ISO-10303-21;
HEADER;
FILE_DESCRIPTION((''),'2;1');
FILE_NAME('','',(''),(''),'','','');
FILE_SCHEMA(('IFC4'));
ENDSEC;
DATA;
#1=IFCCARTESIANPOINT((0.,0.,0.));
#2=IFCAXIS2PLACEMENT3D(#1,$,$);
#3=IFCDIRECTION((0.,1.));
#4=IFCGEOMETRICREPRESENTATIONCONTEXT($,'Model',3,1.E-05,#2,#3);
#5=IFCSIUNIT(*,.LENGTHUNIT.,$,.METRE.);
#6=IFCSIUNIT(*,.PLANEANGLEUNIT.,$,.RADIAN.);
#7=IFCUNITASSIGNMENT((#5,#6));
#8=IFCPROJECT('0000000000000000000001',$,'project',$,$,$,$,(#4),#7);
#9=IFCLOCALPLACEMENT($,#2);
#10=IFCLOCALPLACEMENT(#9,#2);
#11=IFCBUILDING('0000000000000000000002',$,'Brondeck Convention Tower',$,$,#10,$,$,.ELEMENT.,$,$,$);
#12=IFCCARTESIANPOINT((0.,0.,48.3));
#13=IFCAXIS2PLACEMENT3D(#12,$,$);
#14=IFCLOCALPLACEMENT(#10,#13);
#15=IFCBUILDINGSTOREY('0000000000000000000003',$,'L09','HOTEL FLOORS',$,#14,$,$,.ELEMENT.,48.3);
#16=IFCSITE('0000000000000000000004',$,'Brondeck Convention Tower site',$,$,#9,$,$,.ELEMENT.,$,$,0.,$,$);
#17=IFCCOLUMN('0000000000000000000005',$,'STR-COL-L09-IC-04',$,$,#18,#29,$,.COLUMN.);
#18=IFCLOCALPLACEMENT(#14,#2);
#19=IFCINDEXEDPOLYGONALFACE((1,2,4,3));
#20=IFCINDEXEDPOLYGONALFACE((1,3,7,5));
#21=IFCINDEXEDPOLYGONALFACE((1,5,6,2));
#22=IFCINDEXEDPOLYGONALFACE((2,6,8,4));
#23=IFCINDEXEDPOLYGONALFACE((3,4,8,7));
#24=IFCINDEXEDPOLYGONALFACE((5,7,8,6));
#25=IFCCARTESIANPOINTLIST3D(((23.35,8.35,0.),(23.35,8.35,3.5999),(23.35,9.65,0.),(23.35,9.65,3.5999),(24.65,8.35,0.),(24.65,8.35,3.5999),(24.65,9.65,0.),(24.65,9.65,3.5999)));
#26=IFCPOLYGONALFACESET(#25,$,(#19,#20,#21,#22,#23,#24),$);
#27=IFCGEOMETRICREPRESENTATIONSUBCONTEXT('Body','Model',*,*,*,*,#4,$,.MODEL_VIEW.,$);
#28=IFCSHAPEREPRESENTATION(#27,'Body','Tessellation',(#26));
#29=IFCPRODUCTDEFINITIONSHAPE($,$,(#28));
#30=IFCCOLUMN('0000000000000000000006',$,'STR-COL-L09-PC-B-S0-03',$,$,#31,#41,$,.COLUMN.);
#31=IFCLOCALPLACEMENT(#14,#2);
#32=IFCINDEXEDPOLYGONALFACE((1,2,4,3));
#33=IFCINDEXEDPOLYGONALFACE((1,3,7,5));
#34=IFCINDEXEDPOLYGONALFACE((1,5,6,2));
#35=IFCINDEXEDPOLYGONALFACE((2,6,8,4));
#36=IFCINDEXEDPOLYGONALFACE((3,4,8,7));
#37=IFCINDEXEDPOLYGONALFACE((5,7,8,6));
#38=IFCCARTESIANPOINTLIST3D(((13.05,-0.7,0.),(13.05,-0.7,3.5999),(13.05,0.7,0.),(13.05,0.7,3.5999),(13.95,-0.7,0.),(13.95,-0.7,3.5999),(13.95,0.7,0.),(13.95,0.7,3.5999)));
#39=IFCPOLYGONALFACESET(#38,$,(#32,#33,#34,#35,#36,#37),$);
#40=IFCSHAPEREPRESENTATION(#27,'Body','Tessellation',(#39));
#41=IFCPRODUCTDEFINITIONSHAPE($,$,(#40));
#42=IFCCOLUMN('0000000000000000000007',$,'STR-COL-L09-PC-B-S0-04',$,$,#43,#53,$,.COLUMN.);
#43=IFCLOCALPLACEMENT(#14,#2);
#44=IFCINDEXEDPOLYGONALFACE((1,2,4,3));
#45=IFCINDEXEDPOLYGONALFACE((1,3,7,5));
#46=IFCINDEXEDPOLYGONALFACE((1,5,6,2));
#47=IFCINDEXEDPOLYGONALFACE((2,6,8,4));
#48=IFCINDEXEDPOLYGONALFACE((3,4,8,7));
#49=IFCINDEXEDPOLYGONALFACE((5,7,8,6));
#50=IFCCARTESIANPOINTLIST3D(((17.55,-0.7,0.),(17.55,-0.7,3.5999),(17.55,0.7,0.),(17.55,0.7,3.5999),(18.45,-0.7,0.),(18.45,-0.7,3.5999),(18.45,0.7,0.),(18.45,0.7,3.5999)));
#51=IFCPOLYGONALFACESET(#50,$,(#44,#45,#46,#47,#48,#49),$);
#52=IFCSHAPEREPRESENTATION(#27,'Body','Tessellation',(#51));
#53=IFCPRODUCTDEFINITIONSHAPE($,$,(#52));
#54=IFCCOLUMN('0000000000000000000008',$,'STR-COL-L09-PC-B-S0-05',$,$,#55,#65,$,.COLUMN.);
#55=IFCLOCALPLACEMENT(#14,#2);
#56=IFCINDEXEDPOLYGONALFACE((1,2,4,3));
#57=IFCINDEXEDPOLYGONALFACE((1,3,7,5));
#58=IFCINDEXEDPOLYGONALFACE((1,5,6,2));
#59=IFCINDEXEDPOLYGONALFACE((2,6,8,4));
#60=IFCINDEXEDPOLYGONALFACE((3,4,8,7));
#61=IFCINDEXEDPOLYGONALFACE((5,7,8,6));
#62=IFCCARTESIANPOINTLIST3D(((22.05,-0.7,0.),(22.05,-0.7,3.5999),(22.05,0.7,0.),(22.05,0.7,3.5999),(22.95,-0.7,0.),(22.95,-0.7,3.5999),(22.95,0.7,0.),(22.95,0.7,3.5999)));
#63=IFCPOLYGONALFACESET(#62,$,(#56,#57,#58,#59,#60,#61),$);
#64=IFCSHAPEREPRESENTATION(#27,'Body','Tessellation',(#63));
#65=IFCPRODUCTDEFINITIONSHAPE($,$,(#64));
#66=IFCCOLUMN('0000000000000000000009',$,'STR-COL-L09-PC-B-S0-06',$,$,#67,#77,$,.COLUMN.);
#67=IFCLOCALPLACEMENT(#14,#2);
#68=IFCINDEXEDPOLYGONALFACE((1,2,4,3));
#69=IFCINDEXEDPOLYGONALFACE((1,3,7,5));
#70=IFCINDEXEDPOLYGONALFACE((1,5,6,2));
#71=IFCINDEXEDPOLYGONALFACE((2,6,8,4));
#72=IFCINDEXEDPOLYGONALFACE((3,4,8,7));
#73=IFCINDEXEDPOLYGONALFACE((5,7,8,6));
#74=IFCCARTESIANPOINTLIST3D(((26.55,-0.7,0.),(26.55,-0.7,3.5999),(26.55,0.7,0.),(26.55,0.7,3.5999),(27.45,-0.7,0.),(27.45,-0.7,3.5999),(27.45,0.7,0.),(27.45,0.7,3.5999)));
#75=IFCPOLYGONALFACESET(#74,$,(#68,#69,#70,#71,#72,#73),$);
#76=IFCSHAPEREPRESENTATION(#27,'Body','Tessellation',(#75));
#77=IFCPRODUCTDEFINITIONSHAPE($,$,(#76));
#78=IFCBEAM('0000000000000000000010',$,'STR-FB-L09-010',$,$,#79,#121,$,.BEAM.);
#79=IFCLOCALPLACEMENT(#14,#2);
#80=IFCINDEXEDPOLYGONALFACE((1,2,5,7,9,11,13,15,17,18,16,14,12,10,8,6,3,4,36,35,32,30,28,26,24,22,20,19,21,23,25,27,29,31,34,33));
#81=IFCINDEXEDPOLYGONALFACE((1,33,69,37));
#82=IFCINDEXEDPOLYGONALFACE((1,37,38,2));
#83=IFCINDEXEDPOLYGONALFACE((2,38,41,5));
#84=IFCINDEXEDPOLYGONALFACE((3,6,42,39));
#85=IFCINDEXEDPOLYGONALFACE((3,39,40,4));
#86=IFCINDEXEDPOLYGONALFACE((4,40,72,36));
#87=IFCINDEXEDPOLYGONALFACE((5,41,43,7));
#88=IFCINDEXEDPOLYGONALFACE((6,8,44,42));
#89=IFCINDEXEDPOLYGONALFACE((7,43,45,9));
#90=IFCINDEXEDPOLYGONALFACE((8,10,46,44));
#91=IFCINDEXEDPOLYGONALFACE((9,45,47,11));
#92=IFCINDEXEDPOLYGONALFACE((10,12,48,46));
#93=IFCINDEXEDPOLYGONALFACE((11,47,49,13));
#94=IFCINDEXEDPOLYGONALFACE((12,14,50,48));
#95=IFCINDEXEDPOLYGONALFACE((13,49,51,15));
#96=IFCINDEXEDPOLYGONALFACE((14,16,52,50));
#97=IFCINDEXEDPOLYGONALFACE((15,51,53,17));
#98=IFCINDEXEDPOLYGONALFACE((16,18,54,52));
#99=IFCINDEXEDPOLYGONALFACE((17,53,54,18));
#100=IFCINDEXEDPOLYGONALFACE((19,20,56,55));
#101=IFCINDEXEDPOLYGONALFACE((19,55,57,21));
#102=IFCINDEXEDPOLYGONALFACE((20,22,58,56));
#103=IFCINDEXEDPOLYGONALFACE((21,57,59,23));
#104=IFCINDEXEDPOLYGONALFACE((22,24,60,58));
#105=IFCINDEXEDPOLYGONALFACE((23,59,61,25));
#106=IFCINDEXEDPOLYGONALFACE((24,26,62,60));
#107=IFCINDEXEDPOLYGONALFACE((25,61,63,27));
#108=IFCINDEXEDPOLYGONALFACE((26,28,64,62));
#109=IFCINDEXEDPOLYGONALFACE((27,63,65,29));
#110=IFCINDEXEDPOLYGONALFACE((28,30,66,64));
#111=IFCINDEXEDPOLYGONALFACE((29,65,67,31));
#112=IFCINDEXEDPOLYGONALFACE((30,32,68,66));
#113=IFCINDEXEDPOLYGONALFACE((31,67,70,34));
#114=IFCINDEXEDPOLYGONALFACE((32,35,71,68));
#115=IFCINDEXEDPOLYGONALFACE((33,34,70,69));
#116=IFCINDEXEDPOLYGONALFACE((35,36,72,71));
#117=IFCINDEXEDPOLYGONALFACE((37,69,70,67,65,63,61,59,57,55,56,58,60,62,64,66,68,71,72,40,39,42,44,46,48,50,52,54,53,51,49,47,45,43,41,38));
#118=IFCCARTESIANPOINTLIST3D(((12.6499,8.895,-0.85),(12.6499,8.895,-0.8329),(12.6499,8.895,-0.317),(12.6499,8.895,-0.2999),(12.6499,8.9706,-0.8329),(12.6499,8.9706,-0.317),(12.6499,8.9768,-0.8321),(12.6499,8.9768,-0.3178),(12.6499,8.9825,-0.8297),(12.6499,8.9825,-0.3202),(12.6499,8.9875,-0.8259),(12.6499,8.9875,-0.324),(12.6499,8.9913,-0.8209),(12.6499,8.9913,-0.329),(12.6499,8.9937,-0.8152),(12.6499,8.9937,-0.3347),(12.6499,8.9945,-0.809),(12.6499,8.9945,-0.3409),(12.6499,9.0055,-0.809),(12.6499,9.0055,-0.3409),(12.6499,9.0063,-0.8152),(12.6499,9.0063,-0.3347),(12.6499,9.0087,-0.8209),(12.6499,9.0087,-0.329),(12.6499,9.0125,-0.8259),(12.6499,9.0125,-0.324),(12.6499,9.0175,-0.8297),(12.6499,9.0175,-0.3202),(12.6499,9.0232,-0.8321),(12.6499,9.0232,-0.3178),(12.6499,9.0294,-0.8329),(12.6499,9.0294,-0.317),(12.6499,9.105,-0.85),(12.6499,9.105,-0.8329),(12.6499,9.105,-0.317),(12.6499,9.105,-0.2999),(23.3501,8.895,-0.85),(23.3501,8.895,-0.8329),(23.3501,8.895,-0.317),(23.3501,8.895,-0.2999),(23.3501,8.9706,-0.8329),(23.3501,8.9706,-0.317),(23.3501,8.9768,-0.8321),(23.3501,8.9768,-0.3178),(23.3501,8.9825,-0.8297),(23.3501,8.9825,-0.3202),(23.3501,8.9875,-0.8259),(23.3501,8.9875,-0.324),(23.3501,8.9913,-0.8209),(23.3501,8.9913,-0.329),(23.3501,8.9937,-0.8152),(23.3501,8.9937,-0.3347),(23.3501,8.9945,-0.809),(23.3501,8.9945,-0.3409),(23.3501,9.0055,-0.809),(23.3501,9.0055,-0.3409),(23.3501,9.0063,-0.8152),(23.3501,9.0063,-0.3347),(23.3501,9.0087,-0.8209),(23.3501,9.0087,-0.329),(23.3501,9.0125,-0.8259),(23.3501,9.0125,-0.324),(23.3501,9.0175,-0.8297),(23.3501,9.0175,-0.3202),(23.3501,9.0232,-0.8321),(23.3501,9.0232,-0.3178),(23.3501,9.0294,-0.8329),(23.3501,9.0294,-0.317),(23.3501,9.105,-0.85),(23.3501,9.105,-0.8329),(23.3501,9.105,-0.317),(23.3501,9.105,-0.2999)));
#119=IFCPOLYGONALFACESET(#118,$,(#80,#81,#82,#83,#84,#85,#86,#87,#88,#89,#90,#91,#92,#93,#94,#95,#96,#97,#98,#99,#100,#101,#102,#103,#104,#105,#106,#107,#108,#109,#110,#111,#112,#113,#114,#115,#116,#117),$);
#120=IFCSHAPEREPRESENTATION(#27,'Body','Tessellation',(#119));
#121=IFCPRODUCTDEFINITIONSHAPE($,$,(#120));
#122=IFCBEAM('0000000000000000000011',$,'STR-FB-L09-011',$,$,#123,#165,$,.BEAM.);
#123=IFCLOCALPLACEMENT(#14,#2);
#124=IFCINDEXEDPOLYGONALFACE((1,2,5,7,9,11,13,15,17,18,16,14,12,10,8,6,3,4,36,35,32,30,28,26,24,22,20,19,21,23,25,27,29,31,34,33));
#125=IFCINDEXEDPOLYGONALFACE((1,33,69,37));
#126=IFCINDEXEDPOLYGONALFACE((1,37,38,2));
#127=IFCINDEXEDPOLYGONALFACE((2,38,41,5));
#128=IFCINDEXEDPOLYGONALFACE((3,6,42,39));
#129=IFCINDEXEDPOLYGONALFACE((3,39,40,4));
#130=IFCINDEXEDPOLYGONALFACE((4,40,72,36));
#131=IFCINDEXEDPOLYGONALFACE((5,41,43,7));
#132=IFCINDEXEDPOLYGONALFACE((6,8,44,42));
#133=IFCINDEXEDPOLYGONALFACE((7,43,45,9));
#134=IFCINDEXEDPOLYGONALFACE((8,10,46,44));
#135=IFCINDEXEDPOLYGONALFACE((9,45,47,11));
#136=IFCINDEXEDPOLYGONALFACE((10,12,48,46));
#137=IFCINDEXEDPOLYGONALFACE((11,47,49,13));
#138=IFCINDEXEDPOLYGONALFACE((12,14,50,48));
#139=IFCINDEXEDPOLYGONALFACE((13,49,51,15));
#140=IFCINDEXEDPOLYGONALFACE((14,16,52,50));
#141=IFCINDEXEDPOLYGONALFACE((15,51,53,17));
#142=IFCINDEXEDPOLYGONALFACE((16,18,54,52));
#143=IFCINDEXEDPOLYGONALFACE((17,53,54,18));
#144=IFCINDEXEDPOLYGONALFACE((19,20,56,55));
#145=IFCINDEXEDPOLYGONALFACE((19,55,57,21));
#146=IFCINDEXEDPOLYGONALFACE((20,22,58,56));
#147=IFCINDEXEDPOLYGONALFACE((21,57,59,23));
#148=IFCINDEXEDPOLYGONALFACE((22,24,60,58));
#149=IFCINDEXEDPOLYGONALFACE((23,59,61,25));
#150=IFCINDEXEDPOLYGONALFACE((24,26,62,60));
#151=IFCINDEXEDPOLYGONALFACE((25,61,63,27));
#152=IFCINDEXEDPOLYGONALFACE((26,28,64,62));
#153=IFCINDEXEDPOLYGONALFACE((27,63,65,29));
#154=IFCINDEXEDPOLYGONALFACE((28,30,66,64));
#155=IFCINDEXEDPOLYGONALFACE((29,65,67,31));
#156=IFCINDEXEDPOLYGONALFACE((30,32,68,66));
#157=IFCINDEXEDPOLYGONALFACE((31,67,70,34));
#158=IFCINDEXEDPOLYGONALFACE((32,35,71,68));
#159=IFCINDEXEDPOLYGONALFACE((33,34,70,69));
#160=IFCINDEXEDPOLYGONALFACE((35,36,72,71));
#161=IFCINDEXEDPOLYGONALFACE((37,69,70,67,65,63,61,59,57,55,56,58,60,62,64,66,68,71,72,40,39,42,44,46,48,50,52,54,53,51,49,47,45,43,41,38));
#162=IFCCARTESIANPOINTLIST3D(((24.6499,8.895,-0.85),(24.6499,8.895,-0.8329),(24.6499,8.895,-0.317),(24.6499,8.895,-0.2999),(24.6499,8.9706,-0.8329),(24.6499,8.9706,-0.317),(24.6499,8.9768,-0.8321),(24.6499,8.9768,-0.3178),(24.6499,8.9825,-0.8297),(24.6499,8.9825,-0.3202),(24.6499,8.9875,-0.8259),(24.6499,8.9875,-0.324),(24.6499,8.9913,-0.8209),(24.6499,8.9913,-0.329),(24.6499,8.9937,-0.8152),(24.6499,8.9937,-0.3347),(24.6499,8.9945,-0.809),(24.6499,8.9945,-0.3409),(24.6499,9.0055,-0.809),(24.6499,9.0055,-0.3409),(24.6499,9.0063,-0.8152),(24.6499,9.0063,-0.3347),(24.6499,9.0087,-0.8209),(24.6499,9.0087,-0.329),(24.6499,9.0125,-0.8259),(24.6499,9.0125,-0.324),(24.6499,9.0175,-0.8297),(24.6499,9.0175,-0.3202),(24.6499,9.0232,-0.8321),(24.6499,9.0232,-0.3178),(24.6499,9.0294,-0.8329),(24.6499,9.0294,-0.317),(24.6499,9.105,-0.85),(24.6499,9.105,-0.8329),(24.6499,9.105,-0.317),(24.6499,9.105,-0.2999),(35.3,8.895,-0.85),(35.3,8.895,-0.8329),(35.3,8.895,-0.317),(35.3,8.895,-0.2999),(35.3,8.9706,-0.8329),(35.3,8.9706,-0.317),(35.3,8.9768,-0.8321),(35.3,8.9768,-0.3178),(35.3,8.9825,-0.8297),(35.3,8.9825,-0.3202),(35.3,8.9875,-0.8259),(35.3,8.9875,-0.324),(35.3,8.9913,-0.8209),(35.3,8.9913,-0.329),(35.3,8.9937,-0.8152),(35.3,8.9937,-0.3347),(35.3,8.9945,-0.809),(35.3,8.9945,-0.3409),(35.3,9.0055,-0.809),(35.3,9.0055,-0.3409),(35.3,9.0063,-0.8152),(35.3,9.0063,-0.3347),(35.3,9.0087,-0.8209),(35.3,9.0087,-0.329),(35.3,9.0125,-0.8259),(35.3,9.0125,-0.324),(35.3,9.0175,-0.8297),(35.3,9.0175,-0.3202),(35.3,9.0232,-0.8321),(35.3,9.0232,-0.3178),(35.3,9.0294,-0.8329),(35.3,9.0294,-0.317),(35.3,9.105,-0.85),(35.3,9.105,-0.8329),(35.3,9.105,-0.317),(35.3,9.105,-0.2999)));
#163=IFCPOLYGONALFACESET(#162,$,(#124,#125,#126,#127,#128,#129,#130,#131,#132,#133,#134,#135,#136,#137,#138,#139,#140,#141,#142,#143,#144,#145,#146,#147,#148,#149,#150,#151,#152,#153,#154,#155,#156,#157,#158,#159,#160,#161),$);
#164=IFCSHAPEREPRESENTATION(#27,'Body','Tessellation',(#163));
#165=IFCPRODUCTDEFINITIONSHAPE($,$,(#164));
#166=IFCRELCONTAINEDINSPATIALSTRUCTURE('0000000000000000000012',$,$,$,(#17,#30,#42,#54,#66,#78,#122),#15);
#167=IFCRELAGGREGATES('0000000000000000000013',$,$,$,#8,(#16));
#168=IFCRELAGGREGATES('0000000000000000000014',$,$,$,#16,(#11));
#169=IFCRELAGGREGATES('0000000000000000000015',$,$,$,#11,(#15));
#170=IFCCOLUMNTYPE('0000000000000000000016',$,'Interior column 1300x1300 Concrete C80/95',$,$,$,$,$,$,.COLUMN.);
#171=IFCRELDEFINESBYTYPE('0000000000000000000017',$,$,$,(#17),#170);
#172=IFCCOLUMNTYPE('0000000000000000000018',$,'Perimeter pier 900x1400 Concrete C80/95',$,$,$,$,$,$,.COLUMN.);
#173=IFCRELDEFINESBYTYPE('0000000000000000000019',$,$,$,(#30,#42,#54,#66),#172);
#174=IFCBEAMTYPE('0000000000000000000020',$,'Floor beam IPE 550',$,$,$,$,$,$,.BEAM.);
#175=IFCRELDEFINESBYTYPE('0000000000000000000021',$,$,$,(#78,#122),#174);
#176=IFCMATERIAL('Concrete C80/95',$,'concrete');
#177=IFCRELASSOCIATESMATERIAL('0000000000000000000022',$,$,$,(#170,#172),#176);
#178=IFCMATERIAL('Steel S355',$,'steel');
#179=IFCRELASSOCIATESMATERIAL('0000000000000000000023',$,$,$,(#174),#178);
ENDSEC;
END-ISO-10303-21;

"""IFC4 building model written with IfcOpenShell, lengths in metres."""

from ifc_helpers import new_model, si_unit, direction, frame, origin, origin_2d, place, context, subcontext, project, spatial, rectangle, i_section, extrude, material, material_profile, profile_set, type_object, element, save


model = new_model("IFC4")

# Units and contexts
model_context = context("Model", 3, precision=1e-05, world=origin(), true_north=direction((0.0, 1.0)))
body_context = subcontext(model_context, "Body", "Model", "MODEL_VIEW")
ifc_project = project(units=[si_unit("LENGTHUNIT", "METRE"), si_unit("PLANEANGLEUNIT", "RADIAN")], contexts=[model_context])

# Site, building, storey
site_placement = place(None, origin())
site = spatial("IfcSite", under=ifc_project, at=site_placement, Name="Brondeck Convention Tower site", CompositionType="ELEMENT", RefElevation=0.0)
building_placement = place(site_placement, origin())
building = spatial("IfcBuilding", under=site, at=building_placement, Name="Brondeck Convention Tower", CompositionType="ELEMENT")
storey_placement = place(building_placement, frame((0.0, 0.0, 48.3)))
storey = spatial("IfcBuildingStorey", under=building, at=storey_placement, Name="L09", Description="HOTEL FLOORS", CompositionType="ELEMENT", Elevation=48.3)

# Columns
ifc_material_1 = material(Name="Concrete C80/95", Category="concrete")
ifc_material_profile_1 = material_profile(ifc_material_1, rectangle(XDim=1.3, YDim=1.3, at=origin_2d()), Name="Interior column 1300x1300 Concrete C80/95")
ifc_profile_set_1 = profile_set([ifc_material_profile_1], Name="Concrete C80/95")
column_type_1 = type_object("IfcColumnType", Name="Interior column 1300x1300 Concrete C80/95", PredefinedType="COLUMN", material=ifc_profile_set_1)
column_placement = place(storey_placement, frame((24.0, 9.0, 0.0), z_axis=(0.0, 0.0, 1.0), x_axis=(1.0, 0.0, 0.0)))
element("IfcColumn", 1, at=column_placement, inside=storey, type_object=column_type_1, Name="STR-COL-L09-IC-04", PredefinedType="COLUMN", context=body_context, shape_type="SweptSolid", body=[
    extrude(rectangle(XDim=1.3, YDim=1.3, at=origin_2d()), origin(), (0.0, 0.0, 1.0), 3.5999),
])
ifc_material_profile_2 = material_profile(ifc_material_1, rectangle(XDim=0.8999, YDim=1.3999, at=origin_2d()), Name="Perimeter pier 900x1400 Concrete C80/95")
ifc_profile_set_2 = profile_set([ifc_material_profile_2], Name="Concrete C80/95")
column_type_2 = type_object("IfcColumnType", Name="Perimeter pier 900x1400 Concrete C80/95", PredefinedType="COLUMN", material=ifc_profile_set_2)
for number, where, z_axis, x_axis, name in (
    (2, (13.5, 0.0, 0.0), (0.0, 0.0, 1.0), (1.0, 0.0, 0.0), "STR-COL-L09-PC-B-S0-03"),
    (3, (18.0, 0.0, 0.0), (0.0, 0.0, 1.0), (1.0, 0.0, 0.0), "STR-COL-L09-PC-B-S0-04"),
    (4, (22.5, 0.0, 0.0), (0.0, 0.0, 1.0), (1.0, 0.0, 0.0), "STR-COL-L09-PC-B-S0-05"),
    (5, (27.0, 0.0, 0.0), (0.0, 0.0, 1.0), (1.0, 0.0, 0.0), "STR-COL-L09-PC-B-S0-06"),
):
    element("IfcColumn", number, at=place(storey_placement, frame(where, z_axis=z_axis, x_axis=x_axis)), inside=storey, type_object=column_type_2, Name=name, PredefinedType="COLUMN", context=body_context, shape_type="SweptSolid", body=[
        extrude(rectangle(XDim=0.8999, YDim=1.3999, at=origin_2d()), origin(), (0.0, 0.0, 1.0), 3.5999),
    ])

# Beams
ifc_material_2 = material(Name="Steel S355", Category="steel")
ifc_material_profile_3 = material_profile(ifc_material_2, i_section(OverallWidth=0.21, OverallDepth=0.55, WebThickness=0.011, FlangeThickness=0.0171, FilletRadius=0.0239, at=origin_2d()), Name="IPE 550")
ifc_profile_set_3 = profile_set([ifc_material_profile_3], Name="Steel S355")
beam_type_1 = type_object("IfcBeamType", Name="Floor beam IPE 550", PredefinedType="BEAM", material=ifc_profile_set_3)
beam_1_placement = place(storey_placement, frame((12.6499, 9.0, -0.575), z_axis=(1.0, 0.0, 0.0), x_axis=(0.0, 1.0, 0.0)))
element("IfcBeam", 6, at=beam_1_placement, inside=storey, type_object=beam_type_1, Name="STR-FB-L09-010", PredefinedType="BEAM", context=body_context, shape_type="SweptSolid", body=[
    extrude(i_section(OverallWidth=0.21, OverallDepth=0.55, WebThickness=0.011, FlangeThickness=0.0171, FilletRadius=0.0239, at=origin_2d()), origin(), (0.0, 0.0, 1.0), 10.7002),
])
beam_2_placement = place(storey_placement, frame((24.6499, 9.0, -0.575), z_axis=(1.0, 0.0, 0.0), x_axis=(0.0, 1.0, 0.0)))
element("IfcBeam", 7, at=beam_2_placement, inside=storey, type_object=beam_type_1, Name="STR-FB-L09-011", PredefinedType="BEAM", context=body_context, shape_type="SweptSolid", body=[
    extrude(i_section(OverallWidth=0.21, OverallDepth=0.55, WebThickness=0.011, FlangeThickness=0.0171, FilletRadius=0.0239, at=origin_2d()), origin(), (0.0, 0.0, 1.0), 10.6501),
])

save(model, "model.ifc")
